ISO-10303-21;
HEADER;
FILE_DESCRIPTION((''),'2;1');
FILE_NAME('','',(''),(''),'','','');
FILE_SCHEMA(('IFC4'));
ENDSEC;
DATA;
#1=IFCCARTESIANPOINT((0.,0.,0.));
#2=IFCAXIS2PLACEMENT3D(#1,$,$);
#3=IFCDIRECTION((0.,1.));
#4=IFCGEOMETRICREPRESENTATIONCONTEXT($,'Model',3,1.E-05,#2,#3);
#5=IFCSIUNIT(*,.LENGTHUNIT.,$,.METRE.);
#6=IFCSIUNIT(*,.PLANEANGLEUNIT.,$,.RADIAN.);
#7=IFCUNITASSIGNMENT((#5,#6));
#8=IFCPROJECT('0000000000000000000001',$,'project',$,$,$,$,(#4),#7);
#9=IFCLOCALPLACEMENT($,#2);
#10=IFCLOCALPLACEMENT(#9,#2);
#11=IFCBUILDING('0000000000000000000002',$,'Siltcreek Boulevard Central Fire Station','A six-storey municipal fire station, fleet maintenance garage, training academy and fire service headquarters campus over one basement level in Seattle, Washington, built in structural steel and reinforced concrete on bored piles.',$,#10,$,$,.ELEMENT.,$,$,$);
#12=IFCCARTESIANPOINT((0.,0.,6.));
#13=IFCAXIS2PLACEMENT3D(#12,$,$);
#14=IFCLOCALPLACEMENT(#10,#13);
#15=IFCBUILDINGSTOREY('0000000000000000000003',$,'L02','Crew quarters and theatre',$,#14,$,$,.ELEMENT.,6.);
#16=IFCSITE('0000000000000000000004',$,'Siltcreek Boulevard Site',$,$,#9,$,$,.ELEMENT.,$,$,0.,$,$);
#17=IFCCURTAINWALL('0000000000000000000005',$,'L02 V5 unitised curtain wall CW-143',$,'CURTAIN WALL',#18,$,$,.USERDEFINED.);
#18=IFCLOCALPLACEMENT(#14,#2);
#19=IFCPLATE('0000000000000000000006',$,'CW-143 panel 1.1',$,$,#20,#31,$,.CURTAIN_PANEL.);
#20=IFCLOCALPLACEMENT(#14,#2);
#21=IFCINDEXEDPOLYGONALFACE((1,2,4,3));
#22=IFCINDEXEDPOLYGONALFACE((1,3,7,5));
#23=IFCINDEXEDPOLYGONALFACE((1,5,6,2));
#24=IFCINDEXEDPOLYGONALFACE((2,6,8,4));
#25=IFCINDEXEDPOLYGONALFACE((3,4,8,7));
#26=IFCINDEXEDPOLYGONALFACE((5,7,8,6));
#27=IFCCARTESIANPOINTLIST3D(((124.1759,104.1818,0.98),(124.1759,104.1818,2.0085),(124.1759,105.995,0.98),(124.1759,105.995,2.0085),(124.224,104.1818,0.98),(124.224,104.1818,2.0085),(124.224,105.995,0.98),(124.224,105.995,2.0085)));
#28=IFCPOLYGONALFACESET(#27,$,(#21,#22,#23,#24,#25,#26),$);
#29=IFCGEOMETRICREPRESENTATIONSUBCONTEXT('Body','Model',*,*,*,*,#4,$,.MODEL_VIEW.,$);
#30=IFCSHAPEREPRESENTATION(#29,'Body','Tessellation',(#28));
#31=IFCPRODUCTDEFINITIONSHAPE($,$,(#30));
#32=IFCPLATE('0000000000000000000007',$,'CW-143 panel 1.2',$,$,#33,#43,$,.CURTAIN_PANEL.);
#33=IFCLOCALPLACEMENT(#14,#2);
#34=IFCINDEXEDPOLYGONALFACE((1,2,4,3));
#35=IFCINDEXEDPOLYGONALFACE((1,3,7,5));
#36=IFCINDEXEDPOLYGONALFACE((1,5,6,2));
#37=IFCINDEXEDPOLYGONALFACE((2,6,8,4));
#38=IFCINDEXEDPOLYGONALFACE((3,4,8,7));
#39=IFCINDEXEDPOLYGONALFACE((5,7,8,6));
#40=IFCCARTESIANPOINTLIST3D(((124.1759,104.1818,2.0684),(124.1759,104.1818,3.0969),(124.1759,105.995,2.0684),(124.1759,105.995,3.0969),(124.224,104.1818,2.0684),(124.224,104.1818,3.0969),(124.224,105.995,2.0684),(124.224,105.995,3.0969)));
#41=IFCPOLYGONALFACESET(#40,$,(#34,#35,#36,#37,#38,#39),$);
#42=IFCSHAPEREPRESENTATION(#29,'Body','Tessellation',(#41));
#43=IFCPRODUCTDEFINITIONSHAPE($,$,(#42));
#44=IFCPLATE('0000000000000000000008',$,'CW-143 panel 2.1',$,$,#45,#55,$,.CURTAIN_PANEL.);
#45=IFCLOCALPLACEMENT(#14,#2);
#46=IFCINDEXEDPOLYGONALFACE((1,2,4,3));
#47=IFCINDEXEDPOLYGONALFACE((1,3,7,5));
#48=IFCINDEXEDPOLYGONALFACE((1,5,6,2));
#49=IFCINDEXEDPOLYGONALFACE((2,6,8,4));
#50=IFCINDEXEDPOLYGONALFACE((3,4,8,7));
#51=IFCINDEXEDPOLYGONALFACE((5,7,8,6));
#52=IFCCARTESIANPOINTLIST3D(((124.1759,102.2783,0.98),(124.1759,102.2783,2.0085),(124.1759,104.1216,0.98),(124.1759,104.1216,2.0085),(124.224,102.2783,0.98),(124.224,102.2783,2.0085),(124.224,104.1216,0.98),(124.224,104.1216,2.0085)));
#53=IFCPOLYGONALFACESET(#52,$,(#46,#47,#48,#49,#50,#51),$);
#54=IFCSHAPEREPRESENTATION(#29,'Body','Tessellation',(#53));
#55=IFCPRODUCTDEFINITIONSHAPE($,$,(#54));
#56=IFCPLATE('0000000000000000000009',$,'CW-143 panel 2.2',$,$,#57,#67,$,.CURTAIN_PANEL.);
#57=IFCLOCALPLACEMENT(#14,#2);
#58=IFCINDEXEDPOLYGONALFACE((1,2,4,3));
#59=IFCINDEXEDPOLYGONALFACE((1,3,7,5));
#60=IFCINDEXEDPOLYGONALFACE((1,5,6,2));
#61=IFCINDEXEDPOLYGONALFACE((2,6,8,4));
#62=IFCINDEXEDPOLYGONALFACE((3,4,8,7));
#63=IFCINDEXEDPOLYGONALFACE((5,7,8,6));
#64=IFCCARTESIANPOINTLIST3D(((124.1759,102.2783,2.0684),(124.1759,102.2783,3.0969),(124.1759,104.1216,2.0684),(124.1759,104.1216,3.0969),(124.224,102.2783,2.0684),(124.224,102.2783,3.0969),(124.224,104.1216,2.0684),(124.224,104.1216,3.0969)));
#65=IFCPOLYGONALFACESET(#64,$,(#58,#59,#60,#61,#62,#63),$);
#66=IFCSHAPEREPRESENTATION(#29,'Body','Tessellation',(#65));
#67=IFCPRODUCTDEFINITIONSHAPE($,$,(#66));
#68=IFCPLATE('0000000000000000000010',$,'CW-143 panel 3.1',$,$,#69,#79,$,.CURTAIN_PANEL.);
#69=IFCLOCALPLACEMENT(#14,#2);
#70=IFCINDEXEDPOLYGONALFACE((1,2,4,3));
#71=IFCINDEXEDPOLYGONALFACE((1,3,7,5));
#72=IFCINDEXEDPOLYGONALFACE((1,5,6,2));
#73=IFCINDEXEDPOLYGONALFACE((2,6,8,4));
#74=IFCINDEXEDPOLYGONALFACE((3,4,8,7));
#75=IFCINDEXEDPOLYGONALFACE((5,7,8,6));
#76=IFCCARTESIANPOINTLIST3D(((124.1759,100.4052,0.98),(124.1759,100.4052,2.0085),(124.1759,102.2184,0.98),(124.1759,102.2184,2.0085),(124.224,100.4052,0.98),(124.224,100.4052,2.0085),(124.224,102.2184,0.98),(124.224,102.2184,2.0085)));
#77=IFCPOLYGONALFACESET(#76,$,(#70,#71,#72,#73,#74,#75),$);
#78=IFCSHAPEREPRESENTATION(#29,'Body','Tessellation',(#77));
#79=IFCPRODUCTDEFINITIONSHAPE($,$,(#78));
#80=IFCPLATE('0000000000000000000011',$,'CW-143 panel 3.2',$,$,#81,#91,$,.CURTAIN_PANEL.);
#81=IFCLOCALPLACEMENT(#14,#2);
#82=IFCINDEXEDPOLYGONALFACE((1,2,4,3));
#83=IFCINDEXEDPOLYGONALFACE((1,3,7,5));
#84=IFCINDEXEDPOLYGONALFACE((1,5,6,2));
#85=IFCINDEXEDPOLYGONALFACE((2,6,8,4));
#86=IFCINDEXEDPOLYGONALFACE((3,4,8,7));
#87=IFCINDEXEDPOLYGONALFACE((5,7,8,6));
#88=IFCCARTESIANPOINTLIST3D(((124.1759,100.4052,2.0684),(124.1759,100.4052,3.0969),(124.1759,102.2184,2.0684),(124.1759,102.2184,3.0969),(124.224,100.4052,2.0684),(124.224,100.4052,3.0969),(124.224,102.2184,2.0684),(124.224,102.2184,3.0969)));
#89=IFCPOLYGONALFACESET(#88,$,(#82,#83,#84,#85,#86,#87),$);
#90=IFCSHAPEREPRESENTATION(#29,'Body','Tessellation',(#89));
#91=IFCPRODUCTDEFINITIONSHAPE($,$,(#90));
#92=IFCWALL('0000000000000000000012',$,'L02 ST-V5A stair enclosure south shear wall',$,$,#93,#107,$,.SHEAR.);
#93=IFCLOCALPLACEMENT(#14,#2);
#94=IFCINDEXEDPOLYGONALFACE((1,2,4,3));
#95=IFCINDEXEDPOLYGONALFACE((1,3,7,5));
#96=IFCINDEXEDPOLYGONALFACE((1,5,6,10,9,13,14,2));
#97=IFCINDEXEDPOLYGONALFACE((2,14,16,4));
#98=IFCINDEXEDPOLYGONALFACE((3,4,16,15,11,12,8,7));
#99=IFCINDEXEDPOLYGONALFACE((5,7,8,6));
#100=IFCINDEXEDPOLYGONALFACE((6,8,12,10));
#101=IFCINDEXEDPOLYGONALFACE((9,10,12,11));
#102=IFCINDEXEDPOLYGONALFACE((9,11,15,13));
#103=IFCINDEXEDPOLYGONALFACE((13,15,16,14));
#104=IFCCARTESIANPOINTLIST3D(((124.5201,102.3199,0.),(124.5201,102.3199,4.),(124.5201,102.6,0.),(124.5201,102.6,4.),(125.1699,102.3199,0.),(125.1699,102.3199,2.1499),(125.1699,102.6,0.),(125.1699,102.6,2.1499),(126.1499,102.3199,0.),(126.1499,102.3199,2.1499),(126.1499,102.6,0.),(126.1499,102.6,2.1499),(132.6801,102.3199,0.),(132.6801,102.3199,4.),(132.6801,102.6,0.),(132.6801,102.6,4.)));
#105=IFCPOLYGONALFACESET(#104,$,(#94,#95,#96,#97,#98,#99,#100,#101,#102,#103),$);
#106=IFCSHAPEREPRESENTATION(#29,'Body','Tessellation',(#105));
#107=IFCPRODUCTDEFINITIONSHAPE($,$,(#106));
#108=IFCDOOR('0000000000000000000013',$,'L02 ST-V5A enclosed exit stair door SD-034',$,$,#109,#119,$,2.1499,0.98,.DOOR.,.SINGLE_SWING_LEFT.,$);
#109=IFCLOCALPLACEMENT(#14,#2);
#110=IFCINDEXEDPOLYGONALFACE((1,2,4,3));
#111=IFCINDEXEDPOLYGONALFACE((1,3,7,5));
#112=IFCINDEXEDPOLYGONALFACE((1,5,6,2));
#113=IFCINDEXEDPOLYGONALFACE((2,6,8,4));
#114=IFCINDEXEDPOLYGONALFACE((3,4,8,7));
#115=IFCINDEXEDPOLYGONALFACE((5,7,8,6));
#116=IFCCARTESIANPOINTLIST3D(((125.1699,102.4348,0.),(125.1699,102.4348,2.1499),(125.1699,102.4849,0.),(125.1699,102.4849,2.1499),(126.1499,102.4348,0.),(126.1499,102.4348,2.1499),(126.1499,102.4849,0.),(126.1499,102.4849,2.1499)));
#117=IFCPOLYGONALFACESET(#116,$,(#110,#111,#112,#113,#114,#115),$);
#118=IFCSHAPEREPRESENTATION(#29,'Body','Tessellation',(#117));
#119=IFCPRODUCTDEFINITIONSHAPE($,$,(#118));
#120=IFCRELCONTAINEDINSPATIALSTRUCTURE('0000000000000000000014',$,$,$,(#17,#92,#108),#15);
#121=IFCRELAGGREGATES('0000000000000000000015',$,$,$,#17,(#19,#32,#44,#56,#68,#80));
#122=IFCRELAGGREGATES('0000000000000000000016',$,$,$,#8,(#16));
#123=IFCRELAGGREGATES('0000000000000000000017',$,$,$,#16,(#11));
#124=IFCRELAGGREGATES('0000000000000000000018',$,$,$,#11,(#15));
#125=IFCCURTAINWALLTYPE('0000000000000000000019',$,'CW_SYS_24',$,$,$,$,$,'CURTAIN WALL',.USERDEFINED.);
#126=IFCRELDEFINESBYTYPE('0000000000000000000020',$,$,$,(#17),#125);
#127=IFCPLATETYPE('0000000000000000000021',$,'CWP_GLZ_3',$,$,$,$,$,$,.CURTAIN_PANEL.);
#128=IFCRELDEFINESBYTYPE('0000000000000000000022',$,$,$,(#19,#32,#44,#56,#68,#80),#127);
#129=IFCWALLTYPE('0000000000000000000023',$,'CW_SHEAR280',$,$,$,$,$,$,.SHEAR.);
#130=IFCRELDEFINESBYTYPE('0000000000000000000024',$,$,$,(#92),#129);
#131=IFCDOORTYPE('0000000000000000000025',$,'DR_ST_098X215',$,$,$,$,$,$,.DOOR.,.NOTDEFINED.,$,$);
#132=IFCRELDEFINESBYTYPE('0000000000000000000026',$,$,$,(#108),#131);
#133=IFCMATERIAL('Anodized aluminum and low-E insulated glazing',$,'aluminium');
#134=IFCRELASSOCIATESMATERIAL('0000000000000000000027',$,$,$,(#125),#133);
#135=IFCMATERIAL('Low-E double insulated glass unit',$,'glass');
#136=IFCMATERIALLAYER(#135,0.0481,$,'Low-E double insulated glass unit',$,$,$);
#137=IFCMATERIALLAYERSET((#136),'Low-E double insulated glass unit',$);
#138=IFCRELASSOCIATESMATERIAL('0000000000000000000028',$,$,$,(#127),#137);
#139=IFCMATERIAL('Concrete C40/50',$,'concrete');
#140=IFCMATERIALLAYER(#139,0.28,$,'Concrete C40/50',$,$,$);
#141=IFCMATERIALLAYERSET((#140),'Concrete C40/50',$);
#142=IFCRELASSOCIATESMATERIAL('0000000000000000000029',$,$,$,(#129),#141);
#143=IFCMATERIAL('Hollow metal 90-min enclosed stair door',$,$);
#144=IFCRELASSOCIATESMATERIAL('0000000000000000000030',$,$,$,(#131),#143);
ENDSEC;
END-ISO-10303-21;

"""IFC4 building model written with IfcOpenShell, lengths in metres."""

from ifc_helpers import new_model, si_unit, direction, frame, frame_2d, origin, origin_2d, place, context, subcontext, project, spatial, rectangle, extrude, material, layer, layer_set, type_object, element, fill, aggregate, save


model = new_model("IFC4")

# Units and contexts
model_context = context("Model", 3, precision=1e-05, world=origin(), true_north=direction((0.0, 1.0)))
body_context = subcontext(model_context, "Body", "Model", "MODEL_VIEW")
ifc_project = project(units=[si_unit("LENGTHUNIT", "METRE"), si_unit("PLANEANGLEUNIT", "RADIAN")], contexts=[model_context])

# Site, building, storey
site_placement = place(None, origin())
site = spatial("IfcSite", under=ifc_project, at=site_placement, Name="Siltcreek Boulevard Site", CompositionType="ELEMENT", RefElevation=0.0)
building_placement = place(site_placement, origin())
building = spatial("IfcBuilding", under=site, at=building_placement, Name="Siltcreek Boulevard Central Fire Station", Description="A six-storey municipal fire station, fleet maintenance garage, training academy and fire service headquarters campus over one basement level in Seattle, Washington, built in structural steel and reinforced concrete on bored piles.", CompositionType="ELEMENT")
storey_placement = place(building_placement, frame((0.0, 0.0, 6.0)))
storey = spatial("IfcBuildingStorey", under=building, at=storey_placement, Name="L02", Description="Crew quarters and theatre", CompositionType="ELEMENT", Elevation=6.0)

# Curtain wall, plates
ifc_material_1 = material(Name="Anodized aluminum and low-E insulated glazing", Category="aluminium")
curtain_wall_type = type_object("IfcCurtainWallType", Name="CW_SYS_24", ElementType="CURTAIN WALL", PredefinedType="USERDEFINED", material=ifc_material_1)
curtain_wall_placement = place(storey_placement, origin())
curtain_wall = element("IfcCurtainWall", 1, at=curtain_wall_placement, inside=storey, type_object=curtain_wall_type, Name="L02 V5 unitised curtain wall CW-143", ObjectType="CURTAIN WALL", PredefinedType="USERDEFINED")
ifc_material_2 = material(Name="Low-E double insulated glass unit", Category="glass")
ifc_layer_1 = layer(ifc_material_2, 0.0481, Name="Low-E double insulated glass unit")
ifc_layer_set_1 = layer_set([ifc_layer_1], Name="Low-E double insulated glass unit")
plate_type = type_object("IfcPlateType", Name="CWP_GLZ_3", PredefinedType="CURTAIN_PANEL", material=ifc_layer_set_1)
plate_1_placement = place(storey_placement, frame((124.2, 105.0884, 0.98), z_axis=(0.0, 0.0, 1.0), x_axis=(0.0, -1.0, 0.0)))
plate_1 = element("IfcPlate", 2, at=plate_1_placement, type_object=plate_type, Name="CW-143 panel 1.1", PredefinedType="CURTAIN_PANEL", context=body_context, shape_type="SweptSolid", body=[
    extrude(rectangle(XDim=1.8132, YDim=0.0481, at=origin_2d()), origin(), (0.0, 0.0, 1.0), 1.0286),
])
plate_2_placement = place(storey_placement, frame((124.2, 105.0884, 2.0684), z_axis=(0.0, 0.0, 1.0), x_axis=(0.0, -1.0, 0.0)))
plate_2 = element("IfcPlate", 3, at=plate_2_placement, type_object=plate_type, Name="CW-143 panel 1.2", PredefinedType="CURTAIN_PANEL", context=body_context, shape_type="SweptSolid", body=[
    extrude(rectangle(XDim=1.8132, YDim=0.0481, at=origin_2d()), origin(), (0.0, 0.0, 1.0), 1.0286),
])
plate_3_placement = place(storey_placement, frame((124.2, 103.2, 0.98), z_axis=(0.0, 0.0, 1.0), x_axis=(0.0, -1.0, 0.0)))
plate_3 = element("IfcPlate", 4, at=plate_3_placement, type_object=plate_type, Name="CW-143 panel 2.1", PredefinedType="CURTAIN_PANEL", context=body_context, shape_type="SweptSolid", body=[
    extrude(rectangle(XDim=1.8433, YDim=0.0481, at=origin_2d()), origin(), (0.0, 0.0, 1.0), 1.0286),
])
plate_4_placement = place(storey_placement, frame((124.2, 103.2, 2.0684), z_axis=(0.0, 0.0, 1.0), x_axis=(0.0, -1.0, 0.0)))
plate_4 = element("IfcPlate", 5, at=plate_4_placement, type_object=plate_type, Name="CW-143 panel 2.2", PredefinedType="CURTAIN_PANEL", context=body_context, shape_type="SweptSolid", body=[
    extrude(rectangle(XDim=1.8433, YDim=0.0481, at=origin_2d()), origin(), (0.0, 0.0, 1.0), 1.0286),
])
plate_5_placement = place(storey_placement, frame((124.2, 101.3118, 0.98), z_axis=(0.0, 0.0, 1.0), x_axis=(0.0, -1.0, 0.0)))
plate_5 = element("IfcPlate", 6, at=plate_5_placement, type_object=plate_type, Name="CW-143 panel 3.1", PredefinedType="CURTAIN_PANEL", context=body_context, shape_type="SweptSolid", body=[
    extrude(rectangle(XDim=1.8132, YDim=0.0481, at=origin_2d()), origin(), (0.0, 0.0, 1.0), 1.0286),
])
plate_6_placement = place(storey_placement, frame((124.2, 101.3118, 2.0684), z_axis=(0.0, 0.0, 1.0), x_axis=(0.0, -1.0, 0.0)))
plate_6 = element("IfcPlate", 7, at=plate_6_placement, type_object=plate_type, Name="CW-143 panel 3.2", PredefinedType="CURTAIN_PANEL", context=body_context, shape_type="SweptSolid", body=[
    extrude(rectangle(XDim=1.8132, YDim=0.0481, at=origin_2d()), origin(), (0.0, 0.0, 1.0), 1.0286),
])
aggregate(curtain_wall, [plate_1, plate_2, plate_3, plate_4, plate_5, plate_6])

# Wall, opening, door
ifc_material_3 = material(Name="Concrete C40/50", Category="concrete")
ifc_layer_2 = layer(ifc_material_3, 0.28, Name="Concrete C40/50")
ifc_layer_set_2 = layer_set([ifc_layer_2], Name="Concrete C40/50")
wall_type = type_object("IfcWallType", Name="CW_SHEAR280", PredefinedType="SHEAR", material=ifc_layer_set_2)
wall_placement = place(storey_placement, frame((124.52, 102.46, 0.0), z_axis=(0.0, 0.0, 1.0), x_axis=(1.0, 0.0, 0.0)))
wall = element("IfcWall", 8, at=wall_placement, inside=storey, type_object=wall_type, Name="L02 ST-V5A stair enclosure south shear wall", PredefinedType="SHEAR", context=body_context, shape_type="SweptSolid", body=[
    extrude(rectangle(XDim=8.1599, YDim=0.28, at=frame_2d((4.0801, 0.0))), origin(), (0.0, 0.0, 1.0), 4.0),
])
opening_placement = place(wall_placement, frame((0.6499, 0.0, 0.0)))
opening = element("IfcOpeningElement", 9, at=opening_placement, cuts=wall, PredefinedType="OPENING", context=body_context, shape_type="SweptSolid", body=[
    extrude(rectangle(XDim=0.98, YDim=2.1499, at=frame_2d((0.49, 1.075))), frame((0.0, 0.1499, 0.0), z_axis=(0.0, -1.0, 0.0), x_axis=(1.0, 0.0, 0.0)), (0.0, 0.0, 1.0), 0.3),
])
ifc_material_4 = material(Name="Hollow metal 90-min enclosed stair door")
door_type = type_object("IfcDoorType", Name="DR_ST_098X215", OperationType="NOTDEFINED", PredefinedType="DOOR", material=ifc_material_4)
door_placement = place(opening_placement, origin())
door = element("IfcDoor", 10, at=door_placement, inside=storey, type_object=door_type, Name="L02 ST-V5A enclosed exit stair door SD-034", OperationType="SINGLE_SWING_LEFT", OverallHeight=2.1499, OverallWidth=0.98, PredefinedType="DOOR", context=body_context, shape_type="SweptSolid", body=[
    extrude(rectangle(XDim=0.98, YDim=2.1499, at=frame_2d((0.49, 1.075))), frame((0.0, 0.0249, 0.0), z_axis=(0.0, -1.0, 0.0), x_axis=(1.0, 0.0, 0.0)), (0.0, 0.0, 1.0), 0.05),
])
fill(opening, door)

save(model, "model.ifc")
